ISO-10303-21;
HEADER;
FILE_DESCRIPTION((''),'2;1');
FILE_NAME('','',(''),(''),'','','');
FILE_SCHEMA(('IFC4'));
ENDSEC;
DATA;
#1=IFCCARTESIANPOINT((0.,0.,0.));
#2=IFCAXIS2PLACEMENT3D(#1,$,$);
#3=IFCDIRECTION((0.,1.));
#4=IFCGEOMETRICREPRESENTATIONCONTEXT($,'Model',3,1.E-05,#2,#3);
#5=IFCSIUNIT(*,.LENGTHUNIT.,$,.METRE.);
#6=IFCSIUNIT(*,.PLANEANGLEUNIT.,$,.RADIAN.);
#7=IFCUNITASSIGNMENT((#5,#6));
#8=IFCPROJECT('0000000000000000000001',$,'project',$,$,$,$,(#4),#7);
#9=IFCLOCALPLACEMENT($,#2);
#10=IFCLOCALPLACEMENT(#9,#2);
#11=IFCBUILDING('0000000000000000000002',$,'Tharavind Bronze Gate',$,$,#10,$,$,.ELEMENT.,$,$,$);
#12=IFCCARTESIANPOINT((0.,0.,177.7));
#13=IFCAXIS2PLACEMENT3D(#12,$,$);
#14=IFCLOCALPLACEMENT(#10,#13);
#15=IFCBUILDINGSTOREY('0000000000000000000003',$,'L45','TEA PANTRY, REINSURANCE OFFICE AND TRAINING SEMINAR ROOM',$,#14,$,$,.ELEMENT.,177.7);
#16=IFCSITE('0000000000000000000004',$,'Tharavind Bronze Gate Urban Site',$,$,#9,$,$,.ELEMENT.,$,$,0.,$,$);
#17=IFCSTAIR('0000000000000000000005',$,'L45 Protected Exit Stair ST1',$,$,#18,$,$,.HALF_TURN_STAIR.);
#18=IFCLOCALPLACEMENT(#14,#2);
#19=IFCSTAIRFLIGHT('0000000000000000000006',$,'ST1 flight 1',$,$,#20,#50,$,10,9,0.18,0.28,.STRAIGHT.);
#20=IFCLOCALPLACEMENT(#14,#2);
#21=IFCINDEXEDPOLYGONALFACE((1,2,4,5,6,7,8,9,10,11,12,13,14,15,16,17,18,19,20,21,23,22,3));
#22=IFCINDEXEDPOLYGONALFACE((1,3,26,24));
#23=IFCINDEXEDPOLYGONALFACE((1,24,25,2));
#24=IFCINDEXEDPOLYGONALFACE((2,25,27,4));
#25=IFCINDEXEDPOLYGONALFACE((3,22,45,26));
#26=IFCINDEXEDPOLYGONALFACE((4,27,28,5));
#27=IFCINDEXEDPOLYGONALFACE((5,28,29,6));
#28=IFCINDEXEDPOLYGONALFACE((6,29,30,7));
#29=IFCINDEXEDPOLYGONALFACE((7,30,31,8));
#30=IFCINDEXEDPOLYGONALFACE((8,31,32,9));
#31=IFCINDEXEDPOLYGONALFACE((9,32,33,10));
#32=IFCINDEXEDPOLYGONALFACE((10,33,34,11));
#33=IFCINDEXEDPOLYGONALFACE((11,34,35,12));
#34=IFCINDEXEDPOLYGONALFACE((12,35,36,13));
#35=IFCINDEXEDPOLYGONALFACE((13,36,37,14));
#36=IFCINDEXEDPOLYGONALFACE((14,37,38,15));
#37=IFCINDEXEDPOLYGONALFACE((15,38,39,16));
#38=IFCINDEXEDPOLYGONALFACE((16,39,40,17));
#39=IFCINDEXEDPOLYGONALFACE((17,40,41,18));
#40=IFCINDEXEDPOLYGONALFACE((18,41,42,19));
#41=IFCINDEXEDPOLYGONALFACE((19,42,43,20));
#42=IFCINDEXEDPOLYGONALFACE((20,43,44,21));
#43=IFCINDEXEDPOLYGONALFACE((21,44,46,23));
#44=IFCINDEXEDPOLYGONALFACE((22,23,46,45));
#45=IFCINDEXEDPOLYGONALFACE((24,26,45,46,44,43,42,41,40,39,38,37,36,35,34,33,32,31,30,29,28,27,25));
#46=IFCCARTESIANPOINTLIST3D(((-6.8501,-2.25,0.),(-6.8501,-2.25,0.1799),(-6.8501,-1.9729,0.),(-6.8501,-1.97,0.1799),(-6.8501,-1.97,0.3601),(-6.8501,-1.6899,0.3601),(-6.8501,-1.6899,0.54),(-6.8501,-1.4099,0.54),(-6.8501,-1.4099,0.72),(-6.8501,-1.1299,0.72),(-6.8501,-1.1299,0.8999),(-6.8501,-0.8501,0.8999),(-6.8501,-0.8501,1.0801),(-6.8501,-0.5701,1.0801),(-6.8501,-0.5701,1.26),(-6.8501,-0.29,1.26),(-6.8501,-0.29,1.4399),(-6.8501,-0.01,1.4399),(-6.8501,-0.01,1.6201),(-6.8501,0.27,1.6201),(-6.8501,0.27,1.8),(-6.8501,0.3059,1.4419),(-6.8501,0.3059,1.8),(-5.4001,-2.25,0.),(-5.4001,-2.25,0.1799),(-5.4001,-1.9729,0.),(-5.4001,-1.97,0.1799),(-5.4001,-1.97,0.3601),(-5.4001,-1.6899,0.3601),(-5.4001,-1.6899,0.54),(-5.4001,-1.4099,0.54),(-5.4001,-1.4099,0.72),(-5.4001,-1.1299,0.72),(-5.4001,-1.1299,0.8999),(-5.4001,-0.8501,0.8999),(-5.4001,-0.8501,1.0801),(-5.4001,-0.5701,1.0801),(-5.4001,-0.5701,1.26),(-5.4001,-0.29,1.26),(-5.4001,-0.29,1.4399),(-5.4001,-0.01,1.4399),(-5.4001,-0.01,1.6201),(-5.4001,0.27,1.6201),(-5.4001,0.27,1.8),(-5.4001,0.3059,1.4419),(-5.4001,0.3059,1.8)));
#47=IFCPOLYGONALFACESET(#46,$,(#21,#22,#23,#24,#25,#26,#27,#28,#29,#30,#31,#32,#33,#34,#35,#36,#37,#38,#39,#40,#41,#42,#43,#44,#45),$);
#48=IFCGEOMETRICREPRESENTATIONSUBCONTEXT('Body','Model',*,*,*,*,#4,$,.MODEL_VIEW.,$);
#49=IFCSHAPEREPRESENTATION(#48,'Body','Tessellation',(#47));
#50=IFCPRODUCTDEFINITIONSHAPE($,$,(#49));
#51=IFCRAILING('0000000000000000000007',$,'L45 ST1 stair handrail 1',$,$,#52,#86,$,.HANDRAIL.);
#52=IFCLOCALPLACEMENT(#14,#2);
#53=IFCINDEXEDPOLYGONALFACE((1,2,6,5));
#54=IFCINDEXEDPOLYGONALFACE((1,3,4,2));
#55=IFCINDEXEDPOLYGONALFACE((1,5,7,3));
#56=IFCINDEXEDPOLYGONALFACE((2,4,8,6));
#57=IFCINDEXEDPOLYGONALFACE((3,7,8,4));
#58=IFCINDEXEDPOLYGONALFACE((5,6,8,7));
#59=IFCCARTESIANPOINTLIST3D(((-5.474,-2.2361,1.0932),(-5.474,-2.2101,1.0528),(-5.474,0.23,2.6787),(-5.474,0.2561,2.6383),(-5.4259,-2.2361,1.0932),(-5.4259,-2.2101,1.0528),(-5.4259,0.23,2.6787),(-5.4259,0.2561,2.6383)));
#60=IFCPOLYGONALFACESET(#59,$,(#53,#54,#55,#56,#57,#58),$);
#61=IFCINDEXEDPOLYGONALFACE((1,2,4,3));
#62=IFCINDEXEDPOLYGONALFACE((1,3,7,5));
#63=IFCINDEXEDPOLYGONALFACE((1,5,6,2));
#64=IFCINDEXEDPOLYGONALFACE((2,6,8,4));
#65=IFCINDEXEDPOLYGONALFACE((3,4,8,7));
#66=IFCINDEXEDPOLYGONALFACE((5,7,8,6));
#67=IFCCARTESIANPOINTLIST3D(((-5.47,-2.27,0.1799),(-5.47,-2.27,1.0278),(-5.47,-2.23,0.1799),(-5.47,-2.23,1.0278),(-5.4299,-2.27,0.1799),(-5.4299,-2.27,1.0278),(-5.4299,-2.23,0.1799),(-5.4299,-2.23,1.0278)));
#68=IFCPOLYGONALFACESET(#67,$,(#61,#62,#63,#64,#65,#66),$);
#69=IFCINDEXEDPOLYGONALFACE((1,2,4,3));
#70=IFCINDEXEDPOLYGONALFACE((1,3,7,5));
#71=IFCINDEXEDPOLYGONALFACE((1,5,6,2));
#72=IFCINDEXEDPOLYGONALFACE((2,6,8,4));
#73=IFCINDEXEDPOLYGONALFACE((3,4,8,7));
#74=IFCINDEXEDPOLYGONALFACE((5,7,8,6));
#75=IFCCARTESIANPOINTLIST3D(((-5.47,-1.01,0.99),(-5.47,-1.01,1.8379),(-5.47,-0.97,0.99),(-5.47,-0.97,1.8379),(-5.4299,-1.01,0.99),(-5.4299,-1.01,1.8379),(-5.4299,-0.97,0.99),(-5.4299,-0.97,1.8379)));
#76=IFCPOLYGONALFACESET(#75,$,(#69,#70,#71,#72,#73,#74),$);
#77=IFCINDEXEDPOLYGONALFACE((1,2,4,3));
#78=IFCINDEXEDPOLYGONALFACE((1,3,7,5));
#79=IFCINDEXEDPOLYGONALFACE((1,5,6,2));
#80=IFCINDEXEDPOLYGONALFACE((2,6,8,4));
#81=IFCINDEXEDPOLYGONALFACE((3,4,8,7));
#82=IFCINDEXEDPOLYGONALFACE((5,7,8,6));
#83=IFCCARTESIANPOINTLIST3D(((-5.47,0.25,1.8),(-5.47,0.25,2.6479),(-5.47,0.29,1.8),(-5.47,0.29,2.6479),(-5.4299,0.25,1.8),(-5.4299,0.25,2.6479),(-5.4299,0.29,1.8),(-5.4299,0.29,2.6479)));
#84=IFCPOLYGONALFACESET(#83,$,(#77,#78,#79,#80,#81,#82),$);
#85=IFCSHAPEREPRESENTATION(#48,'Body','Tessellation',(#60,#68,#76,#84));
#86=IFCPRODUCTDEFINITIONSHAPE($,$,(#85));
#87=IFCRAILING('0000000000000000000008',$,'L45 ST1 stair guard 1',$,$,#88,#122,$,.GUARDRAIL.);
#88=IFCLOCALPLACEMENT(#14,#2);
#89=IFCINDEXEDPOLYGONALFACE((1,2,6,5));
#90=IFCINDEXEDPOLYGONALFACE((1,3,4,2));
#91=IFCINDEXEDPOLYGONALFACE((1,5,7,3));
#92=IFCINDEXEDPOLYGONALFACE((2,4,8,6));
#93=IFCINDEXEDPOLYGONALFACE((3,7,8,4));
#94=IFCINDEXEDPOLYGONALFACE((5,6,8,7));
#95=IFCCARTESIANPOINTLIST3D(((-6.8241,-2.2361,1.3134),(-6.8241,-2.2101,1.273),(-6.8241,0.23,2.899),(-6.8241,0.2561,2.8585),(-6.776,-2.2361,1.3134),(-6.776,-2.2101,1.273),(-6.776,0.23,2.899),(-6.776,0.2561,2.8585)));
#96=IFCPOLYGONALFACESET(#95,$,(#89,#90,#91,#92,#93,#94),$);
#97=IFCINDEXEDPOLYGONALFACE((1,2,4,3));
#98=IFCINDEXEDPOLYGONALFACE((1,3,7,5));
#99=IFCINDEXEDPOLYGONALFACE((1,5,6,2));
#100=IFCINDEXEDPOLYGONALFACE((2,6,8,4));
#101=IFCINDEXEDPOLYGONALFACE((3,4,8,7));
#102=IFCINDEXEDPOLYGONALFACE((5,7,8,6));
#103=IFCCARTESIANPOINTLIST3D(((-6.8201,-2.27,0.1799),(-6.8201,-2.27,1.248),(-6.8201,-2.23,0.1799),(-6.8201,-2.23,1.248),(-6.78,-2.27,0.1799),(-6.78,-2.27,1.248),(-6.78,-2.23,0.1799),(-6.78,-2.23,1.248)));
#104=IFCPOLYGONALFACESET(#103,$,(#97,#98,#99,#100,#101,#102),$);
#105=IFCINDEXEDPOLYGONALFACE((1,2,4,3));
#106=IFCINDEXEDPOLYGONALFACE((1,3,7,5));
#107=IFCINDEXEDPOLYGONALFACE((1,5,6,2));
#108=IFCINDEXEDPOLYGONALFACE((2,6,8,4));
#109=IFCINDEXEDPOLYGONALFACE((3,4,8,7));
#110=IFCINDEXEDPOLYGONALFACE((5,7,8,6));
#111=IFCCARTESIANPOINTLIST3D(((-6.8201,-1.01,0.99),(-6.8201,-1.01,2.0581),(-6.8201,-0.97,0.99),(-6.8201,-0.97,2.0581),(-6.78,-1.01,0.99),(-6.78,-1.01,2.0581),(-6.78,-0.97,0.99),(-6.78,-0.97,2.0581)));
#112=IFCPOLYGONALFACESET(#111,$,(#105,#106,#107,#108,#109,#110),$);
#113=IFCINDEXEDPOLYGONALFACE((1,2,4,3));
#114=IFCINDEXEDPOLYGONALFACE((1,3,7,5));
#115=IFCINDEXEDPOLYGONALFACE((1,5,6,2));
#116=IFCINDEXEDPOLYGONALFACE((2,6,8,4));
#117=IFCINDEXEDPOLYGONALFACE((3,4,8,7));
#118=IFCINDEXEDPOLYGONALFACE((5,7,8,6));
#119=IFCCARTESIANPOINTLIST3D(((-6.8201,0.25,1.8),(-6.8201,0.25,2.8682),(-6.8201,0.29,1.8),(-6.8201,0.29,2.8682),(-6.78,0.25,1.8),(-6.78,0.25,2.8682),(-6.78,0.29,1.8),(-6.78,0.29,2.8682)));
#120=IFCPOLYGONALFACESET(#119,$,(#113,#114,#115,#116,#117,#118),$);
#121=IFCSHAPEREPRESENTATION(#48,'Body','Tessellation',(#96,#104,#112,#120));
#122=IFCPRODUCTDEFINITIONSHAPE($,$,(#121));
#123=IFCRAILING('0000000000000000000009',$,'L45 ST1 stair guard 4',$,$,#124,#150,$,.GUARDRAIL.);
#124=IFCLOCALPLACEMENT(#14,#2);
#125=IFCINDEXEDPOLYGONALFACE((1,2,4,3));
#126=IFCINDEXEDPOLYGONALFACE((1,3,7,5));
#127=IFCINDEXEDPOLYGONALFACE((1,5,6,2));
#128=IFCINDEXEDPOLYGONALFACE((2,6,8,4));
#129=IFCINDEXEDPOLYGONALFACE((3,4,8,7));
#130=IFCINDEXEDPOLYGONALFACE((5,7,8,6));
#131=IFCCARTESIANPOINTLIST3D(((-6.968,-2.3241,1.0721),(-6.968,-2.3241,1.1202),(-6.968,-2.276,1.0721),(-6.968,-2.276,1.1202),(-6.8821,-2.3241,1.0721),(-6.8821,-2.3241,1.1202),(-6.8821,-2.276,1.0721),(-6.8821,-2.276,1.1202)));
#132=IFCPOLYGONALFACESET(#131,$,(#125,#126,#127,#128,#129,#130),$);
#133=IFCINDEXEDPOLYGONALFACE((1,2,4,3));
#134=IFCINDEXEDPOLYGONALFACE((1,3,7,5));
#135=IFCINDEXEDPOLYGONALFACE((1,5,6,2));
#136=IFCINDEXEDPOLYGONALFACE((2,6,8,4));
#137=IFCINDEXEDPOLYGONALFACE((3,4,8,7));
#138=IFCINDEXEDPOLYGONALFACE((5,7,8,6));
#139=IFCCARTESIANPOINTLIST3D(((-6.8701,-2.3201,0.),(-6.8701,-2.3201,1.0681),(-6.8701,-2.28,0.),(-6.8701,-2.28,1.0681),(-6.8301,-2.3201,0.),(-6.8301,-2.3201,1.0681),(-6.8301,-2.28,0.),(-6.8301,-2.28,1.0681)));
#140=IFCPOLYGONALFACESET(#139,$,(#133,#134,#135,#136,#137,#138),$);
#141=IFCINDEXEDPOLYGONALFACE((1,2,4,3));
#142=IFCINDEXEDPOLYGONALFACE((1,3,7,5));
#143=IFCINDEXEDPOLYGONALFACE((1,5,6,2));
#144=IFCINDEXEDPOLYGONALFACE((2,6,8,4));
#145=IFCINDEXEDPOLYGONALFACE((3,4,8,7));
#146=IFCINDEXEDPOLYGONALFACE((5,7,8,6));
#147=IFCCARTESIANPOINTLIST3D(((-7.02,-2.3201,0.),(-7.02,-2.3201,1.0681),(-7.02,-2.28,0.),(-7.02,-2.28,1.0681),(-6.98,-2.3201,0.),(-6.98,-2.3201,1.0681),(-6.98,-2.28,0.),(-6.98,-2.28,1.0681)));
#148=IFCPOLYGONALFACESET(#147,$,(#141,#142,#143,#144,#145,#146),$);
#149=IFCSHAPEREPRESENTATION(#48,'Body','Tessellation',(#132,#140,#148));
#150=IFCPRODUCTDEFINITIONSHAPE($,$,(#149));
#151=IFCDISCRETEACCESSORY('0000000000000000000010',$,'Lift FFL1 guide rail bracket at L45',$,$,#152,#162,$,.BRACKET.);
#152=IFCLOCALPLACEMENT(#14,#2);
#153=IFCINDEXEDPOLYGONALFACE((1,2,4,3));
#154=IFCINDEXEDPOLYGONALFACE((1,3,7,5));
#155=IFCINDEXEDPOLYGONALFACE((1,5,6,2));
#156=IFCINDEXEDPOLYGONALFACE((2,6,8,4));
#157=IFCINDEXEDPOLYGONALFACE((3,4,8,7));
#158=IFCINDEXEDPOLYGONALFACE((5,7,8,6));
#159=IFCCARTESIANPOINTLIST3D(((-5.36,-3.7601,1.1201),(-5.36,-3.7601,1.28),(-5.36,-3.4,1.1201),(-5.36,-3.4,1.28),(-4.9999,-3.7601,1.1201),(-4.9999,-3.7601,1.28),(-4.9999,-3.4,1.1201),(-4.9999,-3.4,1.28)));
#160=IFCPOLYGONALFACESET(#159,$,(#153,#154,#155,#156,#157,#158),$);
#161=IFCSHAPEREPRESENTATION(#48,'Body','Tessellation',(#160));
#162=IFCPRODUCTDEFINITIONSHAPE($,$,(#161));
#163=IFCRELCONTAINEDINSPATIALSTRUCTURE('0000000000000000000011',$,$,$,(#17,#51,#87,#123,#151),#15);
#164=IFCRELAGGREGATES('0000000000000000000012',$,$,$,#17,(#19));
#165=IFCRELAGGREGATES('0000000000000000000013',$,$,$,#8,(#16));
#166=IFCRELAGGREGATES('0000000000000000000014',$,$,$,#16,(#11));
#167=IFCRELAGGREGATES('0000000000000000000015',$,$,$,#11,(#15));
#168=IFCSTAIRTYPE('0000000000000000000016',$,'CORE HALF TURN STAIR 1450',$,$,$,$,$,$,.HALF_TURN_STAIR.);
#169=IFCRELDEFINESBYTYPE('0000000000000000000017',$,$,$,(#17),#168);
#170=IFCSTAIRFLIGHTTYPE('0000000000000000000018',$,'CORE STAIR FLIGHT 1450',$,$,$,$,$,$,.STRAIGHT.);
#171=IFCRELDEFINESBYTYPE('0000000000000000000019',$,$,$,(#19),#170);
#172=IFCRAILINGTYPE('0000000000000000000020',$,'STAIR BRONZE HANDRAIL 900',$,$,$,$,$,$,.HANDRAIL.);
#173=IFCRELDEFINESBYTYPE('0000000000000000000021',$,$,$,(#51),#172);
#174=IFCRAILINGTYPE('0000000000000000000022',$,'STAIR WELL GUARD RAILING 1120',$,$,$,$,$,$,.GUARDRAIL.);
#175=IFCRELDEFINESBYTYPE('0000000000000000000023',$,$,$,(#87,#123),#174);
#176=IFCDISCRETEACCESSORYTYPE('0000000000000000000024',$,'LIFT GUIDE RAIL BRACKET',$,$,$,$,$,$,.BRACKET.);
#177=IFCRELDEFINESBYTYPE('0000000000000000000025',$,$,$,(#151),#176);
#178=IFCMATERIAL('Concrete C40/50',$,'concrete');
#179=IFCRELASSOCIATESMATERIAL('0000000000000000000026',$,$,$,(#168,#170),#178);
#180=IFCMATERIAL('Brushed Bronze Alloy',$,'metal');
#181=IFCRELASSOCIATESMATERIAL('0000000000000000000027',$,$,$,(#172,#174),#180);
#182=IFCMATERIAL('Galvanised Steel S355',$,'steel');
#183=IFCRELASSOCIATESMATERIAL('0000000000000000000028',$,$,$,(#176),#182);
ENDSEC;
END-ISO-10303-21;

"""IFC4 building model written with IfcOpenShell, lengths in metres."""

from ifc_helpers import new_model, si_unit, direction, frame, origin, origin_2d, place, context, subcontext, project, spatial, polyline, rectangle, outline, extrude, material, type_object, element, aggregate, save


model = new_model("IFC4")

# Units and contexts
model_context = context("Model", 3, precision=1e-05, world=origin(), true_north=direction((0.0, 1.0)))
body_context = subcontext(model_context, "Body", "Model", "MODEL_VIEW")
ifc_project = project(units=[si_unit("LENGTHUNIT", "METRE"), si_unit("PLANEANGLEUNIT", "RADIAN")], contexts=[model_context])

# Site, building, storey
site_placement = place(None, origin())
site = spatial("IfcSite", under=ifc_project, at=site_placement, Name="Tharavind Bronze Gate Urban Site", CompositionType="ELEMENT", RefElevation=0.0)
building_placement = place(site_placement, origin())
building = spatial("IfcBuilding", under=site, at=building_placement, Name="Tharavind Bronze Gate", CompositionType="ELEMENT")
storey_placement = place(building_placement, frame((0.0, 0.0, 177.7)))
storey = spatial("IfcBuildingStorey", under=building, at=storey_placement, Name="L45", Description="TEA PANTRY, REINSURANCE OFFICE AND TRAINING SEMINAR ROOM", CompositionType="ELEMENT", Elevation=177.7)

# Shared definitions
ifc_material_1 = material(Name="Concrete C40/50", Category="concrete")

# Stair, stair flight
stair_type = type_object("IfcStairType", Name="CORE HALF TURN STAIR 1450", PredefinedType="HALF_TURN_STAIR", material=ifc_material_1)
stair_placement = place(storey_placement, origin())
stair = element("IfcStair", 1, at=stair_placement, inside=storey, type_object=stair_type, Name="L45 Protected Exit Stair ST1", PredefinedType="HALF_TURN_STAIR")
stair_flight_type = type_object("IfcStairFlightType", Name="CORE STAIR FLIGHT 1450", PredefinedType="STRAIGHT", material=ifc_material_1)
stair_flight_placement = place(storey_placement, frame((-6.125, -2.25, 0.0), z_axis=(0.0, 0.0, 1.0), x_axis=(0.0, 1.0, 0.0)))
stair_flight = element("IfcStairFlight", 2, at=stair_flight_placement, type_object=stair_flight_type, Name="ST1 flight 1", NumberOfRisers=10, NumberOfTreads=9, PredefinedType="STRAIGHT", RiserHeight=0.18, TreadLength=0.28, context=body_context, shape_type="SweptSolid", body=[
    extrude(outline(polyline([(0.0, 0.0), (0.0, 0.1799), (0.28, 0.1799), (0.28, 0.3601), (0.5601, 0.3601), (0.5601, 0.54), (0.8401, 0.54), (0.8401, 0.72), (1.1201, 0.72), (1.1201, 0.8999), (1.3999, 0.8999), (1.3999, 1.0801), (1.6799, 1.0801), (1.6799, 1.26), (1.96, 1.26), (1.96, 1.4399), (2.24, 1.4399), (2.24, 1.6201), (2.52, 1.6201), (2.52, 1.8), (2.5559, 1.8), (2.5559, 1.4419), (0.2771, 0.0), (0.0, 0.0)])), frame((0.0, 0.7251, 0.0), z_axis=(0.0, -1.0, 0.0), x_axis=(1.0, 0.0, 0.0)), (0.0, 0.0, 1.0), 1.45),
])
aggregate(stair, [stair_flight])

# Railings
ifc_material_2 = material(Name="Brushed Bronze Alloy", Category="metal")
railing_type_1 = type_object("IfcRailingType", Name="STAIR BRONZE HANDRAIL 900", PredefinedType="HANDRAIL", material=ifc_material_2)
railing_1_placement = place(storey_placement, frame((-5.45, -2.25, 0.1799)))
element("IfcRailing", 3, at=railing_1_placement, inside=storey, type_object=railing_type_1, Name="L45 ST1 stair handrail 1", PredefinedType="HANDRAIL", context=body_context, shape_type="SweptSolid", body=[
    extrude(rectangle(XDim=0.0481, YDim=0.0481, at=origin_2d()), frame((0.0, 0.0269, 0.8931), z_axis=(0.0, 0.841163, 0.540782), x_axis=(-1.0, 0.0, 0.0)), (0.0, 0.0, 1.0), 2.9319),
    extrude(rectangle(XDim=0.04, YDim=0.04, at=origin_2d()), origin(), (0.0, 0.0, 1.0), 0.8479),
    extrude(rectangle(XDim=0.04, YDim=0.04, at=origin_2d()), frame((0.0, 1.26, 0.8101)), (0.0, 0.0, 1.0), 0.8479),
    extrude(rectangle(XDim=0.04, YDim=0.04, at=origin_2d()), frame((0.0, 2.52, 1.6201)), (0.0, 0.0, 1.0), 0.8479),
])
railing_type_2 = type_object("IfcRailingType", Name="STAIR WELL GUARD RAILING 1120", PredefinedType="GUARDRAIL", material=ifc_material_2)
railing_2_placement = place(storey_placement, frame((-6.8, -2.25, 0.1799)))
element("IfcRailing", 4, at=railing_2_placement, inside=storey, type_object=railing_type_2, Name="L45 ST1 stair guard 1", PredefinedType="GUARDRAIL", context=body_context, shape_type="SweptSolid", body=[
    extrude(rectangle(XDim=0.0481, YDim=0.0481, at=origin_2d()), frame((0.0, 0.0269, 1.1133), z_axis=(0.0, 0.841163, 0.540782), x_axis=(-1.0, 0.0, 0.0)), (0.0, 0.0, 1.0), 2.9319),
    extrude(rectangle(XDim=0.04, YDim=0.04, at=origin_2d()), origin(), (0.0, 0.0, 1.0), 1.0681),
    extrude(rectangle(XDim=0.04, YDim=0.04, at=origin_2d()), frame((0.0, 1.26, 0.8101)), (0.0, 0.0, 1.0), 1.0681),
    extrude(rectangle(XDim=0.04, YDim=0.04, at=origin_2d()), frame((0.0, 2.52, 1.6201)), (0.0, 0.0, 1.0), 1.0681),
])
railing_3_placement = place(storey_placement, frame((-6.8501, -2.3, 0.0)))
element("IfcRailing", 5, at=railing_3_placement, inside=storey, type_object=railing_type_2, Name="L45 ST1 stair guard 4", PredefinedType="GUARDRAIL", context=body_context, shape_type="SweptSolid", body=[
    extrude(rectangle(XDim=0.0481, YDim=0.0481, at=origin_2d()), frame((-0.032, 0.0, 1.0962), z_axis=(-1.0, 0.0, 0.0), x_axis=(0.0, -1.0, 0.0)), (0.0, 0.0, 1.0), 0.0859),
    extrude(rectangle(XDim=0.04, YDim=0.04, at=origin_2d()), origin(), (0.0, 0.0, 1.0), 1.0681),
    extrude(rectangle(XDim=0.04, YDim=0.04, at=origin_2d()), frame((-0.1499, 0.0, 0.0)), (0.0, 0.0, 1.0), 1.0681),
])

# Discrete accessory
ifc_material_3 = material(Name="Galvanised Steel S355", Category="steel")
discrete_accessory_type = type_object("IfcDiscreteAccessoryType", Name="LIFT GUIDE RAIL BRACKET", PredefinedType="BRACKET", material=ifc_material_3)
discrete_accessory_placement = place(storey_placement, frame((-5.1799, -3.5801, 1.1201), z_axis=(0.0, 0.0, 1.0), x_axis=(1.0, 0.0, 0.0)))
element("IfcDiscreteAccessory", 6, at=discrete_accessory_placement, inside=storey, type_object=discrete_accessory_type, Name="Lift FFL1 guide rail bracket at L45", PredefinedType="BRACKET", context=body_context, shape_type="SweptSolid", body=[
    extrude(rectangle(XDim=0.3601, YDim=0.3601, at=origin_2d()), origin(), (0.0, 0.0, 1.0), 0.1599),
])

save(model, "model.ifc")
